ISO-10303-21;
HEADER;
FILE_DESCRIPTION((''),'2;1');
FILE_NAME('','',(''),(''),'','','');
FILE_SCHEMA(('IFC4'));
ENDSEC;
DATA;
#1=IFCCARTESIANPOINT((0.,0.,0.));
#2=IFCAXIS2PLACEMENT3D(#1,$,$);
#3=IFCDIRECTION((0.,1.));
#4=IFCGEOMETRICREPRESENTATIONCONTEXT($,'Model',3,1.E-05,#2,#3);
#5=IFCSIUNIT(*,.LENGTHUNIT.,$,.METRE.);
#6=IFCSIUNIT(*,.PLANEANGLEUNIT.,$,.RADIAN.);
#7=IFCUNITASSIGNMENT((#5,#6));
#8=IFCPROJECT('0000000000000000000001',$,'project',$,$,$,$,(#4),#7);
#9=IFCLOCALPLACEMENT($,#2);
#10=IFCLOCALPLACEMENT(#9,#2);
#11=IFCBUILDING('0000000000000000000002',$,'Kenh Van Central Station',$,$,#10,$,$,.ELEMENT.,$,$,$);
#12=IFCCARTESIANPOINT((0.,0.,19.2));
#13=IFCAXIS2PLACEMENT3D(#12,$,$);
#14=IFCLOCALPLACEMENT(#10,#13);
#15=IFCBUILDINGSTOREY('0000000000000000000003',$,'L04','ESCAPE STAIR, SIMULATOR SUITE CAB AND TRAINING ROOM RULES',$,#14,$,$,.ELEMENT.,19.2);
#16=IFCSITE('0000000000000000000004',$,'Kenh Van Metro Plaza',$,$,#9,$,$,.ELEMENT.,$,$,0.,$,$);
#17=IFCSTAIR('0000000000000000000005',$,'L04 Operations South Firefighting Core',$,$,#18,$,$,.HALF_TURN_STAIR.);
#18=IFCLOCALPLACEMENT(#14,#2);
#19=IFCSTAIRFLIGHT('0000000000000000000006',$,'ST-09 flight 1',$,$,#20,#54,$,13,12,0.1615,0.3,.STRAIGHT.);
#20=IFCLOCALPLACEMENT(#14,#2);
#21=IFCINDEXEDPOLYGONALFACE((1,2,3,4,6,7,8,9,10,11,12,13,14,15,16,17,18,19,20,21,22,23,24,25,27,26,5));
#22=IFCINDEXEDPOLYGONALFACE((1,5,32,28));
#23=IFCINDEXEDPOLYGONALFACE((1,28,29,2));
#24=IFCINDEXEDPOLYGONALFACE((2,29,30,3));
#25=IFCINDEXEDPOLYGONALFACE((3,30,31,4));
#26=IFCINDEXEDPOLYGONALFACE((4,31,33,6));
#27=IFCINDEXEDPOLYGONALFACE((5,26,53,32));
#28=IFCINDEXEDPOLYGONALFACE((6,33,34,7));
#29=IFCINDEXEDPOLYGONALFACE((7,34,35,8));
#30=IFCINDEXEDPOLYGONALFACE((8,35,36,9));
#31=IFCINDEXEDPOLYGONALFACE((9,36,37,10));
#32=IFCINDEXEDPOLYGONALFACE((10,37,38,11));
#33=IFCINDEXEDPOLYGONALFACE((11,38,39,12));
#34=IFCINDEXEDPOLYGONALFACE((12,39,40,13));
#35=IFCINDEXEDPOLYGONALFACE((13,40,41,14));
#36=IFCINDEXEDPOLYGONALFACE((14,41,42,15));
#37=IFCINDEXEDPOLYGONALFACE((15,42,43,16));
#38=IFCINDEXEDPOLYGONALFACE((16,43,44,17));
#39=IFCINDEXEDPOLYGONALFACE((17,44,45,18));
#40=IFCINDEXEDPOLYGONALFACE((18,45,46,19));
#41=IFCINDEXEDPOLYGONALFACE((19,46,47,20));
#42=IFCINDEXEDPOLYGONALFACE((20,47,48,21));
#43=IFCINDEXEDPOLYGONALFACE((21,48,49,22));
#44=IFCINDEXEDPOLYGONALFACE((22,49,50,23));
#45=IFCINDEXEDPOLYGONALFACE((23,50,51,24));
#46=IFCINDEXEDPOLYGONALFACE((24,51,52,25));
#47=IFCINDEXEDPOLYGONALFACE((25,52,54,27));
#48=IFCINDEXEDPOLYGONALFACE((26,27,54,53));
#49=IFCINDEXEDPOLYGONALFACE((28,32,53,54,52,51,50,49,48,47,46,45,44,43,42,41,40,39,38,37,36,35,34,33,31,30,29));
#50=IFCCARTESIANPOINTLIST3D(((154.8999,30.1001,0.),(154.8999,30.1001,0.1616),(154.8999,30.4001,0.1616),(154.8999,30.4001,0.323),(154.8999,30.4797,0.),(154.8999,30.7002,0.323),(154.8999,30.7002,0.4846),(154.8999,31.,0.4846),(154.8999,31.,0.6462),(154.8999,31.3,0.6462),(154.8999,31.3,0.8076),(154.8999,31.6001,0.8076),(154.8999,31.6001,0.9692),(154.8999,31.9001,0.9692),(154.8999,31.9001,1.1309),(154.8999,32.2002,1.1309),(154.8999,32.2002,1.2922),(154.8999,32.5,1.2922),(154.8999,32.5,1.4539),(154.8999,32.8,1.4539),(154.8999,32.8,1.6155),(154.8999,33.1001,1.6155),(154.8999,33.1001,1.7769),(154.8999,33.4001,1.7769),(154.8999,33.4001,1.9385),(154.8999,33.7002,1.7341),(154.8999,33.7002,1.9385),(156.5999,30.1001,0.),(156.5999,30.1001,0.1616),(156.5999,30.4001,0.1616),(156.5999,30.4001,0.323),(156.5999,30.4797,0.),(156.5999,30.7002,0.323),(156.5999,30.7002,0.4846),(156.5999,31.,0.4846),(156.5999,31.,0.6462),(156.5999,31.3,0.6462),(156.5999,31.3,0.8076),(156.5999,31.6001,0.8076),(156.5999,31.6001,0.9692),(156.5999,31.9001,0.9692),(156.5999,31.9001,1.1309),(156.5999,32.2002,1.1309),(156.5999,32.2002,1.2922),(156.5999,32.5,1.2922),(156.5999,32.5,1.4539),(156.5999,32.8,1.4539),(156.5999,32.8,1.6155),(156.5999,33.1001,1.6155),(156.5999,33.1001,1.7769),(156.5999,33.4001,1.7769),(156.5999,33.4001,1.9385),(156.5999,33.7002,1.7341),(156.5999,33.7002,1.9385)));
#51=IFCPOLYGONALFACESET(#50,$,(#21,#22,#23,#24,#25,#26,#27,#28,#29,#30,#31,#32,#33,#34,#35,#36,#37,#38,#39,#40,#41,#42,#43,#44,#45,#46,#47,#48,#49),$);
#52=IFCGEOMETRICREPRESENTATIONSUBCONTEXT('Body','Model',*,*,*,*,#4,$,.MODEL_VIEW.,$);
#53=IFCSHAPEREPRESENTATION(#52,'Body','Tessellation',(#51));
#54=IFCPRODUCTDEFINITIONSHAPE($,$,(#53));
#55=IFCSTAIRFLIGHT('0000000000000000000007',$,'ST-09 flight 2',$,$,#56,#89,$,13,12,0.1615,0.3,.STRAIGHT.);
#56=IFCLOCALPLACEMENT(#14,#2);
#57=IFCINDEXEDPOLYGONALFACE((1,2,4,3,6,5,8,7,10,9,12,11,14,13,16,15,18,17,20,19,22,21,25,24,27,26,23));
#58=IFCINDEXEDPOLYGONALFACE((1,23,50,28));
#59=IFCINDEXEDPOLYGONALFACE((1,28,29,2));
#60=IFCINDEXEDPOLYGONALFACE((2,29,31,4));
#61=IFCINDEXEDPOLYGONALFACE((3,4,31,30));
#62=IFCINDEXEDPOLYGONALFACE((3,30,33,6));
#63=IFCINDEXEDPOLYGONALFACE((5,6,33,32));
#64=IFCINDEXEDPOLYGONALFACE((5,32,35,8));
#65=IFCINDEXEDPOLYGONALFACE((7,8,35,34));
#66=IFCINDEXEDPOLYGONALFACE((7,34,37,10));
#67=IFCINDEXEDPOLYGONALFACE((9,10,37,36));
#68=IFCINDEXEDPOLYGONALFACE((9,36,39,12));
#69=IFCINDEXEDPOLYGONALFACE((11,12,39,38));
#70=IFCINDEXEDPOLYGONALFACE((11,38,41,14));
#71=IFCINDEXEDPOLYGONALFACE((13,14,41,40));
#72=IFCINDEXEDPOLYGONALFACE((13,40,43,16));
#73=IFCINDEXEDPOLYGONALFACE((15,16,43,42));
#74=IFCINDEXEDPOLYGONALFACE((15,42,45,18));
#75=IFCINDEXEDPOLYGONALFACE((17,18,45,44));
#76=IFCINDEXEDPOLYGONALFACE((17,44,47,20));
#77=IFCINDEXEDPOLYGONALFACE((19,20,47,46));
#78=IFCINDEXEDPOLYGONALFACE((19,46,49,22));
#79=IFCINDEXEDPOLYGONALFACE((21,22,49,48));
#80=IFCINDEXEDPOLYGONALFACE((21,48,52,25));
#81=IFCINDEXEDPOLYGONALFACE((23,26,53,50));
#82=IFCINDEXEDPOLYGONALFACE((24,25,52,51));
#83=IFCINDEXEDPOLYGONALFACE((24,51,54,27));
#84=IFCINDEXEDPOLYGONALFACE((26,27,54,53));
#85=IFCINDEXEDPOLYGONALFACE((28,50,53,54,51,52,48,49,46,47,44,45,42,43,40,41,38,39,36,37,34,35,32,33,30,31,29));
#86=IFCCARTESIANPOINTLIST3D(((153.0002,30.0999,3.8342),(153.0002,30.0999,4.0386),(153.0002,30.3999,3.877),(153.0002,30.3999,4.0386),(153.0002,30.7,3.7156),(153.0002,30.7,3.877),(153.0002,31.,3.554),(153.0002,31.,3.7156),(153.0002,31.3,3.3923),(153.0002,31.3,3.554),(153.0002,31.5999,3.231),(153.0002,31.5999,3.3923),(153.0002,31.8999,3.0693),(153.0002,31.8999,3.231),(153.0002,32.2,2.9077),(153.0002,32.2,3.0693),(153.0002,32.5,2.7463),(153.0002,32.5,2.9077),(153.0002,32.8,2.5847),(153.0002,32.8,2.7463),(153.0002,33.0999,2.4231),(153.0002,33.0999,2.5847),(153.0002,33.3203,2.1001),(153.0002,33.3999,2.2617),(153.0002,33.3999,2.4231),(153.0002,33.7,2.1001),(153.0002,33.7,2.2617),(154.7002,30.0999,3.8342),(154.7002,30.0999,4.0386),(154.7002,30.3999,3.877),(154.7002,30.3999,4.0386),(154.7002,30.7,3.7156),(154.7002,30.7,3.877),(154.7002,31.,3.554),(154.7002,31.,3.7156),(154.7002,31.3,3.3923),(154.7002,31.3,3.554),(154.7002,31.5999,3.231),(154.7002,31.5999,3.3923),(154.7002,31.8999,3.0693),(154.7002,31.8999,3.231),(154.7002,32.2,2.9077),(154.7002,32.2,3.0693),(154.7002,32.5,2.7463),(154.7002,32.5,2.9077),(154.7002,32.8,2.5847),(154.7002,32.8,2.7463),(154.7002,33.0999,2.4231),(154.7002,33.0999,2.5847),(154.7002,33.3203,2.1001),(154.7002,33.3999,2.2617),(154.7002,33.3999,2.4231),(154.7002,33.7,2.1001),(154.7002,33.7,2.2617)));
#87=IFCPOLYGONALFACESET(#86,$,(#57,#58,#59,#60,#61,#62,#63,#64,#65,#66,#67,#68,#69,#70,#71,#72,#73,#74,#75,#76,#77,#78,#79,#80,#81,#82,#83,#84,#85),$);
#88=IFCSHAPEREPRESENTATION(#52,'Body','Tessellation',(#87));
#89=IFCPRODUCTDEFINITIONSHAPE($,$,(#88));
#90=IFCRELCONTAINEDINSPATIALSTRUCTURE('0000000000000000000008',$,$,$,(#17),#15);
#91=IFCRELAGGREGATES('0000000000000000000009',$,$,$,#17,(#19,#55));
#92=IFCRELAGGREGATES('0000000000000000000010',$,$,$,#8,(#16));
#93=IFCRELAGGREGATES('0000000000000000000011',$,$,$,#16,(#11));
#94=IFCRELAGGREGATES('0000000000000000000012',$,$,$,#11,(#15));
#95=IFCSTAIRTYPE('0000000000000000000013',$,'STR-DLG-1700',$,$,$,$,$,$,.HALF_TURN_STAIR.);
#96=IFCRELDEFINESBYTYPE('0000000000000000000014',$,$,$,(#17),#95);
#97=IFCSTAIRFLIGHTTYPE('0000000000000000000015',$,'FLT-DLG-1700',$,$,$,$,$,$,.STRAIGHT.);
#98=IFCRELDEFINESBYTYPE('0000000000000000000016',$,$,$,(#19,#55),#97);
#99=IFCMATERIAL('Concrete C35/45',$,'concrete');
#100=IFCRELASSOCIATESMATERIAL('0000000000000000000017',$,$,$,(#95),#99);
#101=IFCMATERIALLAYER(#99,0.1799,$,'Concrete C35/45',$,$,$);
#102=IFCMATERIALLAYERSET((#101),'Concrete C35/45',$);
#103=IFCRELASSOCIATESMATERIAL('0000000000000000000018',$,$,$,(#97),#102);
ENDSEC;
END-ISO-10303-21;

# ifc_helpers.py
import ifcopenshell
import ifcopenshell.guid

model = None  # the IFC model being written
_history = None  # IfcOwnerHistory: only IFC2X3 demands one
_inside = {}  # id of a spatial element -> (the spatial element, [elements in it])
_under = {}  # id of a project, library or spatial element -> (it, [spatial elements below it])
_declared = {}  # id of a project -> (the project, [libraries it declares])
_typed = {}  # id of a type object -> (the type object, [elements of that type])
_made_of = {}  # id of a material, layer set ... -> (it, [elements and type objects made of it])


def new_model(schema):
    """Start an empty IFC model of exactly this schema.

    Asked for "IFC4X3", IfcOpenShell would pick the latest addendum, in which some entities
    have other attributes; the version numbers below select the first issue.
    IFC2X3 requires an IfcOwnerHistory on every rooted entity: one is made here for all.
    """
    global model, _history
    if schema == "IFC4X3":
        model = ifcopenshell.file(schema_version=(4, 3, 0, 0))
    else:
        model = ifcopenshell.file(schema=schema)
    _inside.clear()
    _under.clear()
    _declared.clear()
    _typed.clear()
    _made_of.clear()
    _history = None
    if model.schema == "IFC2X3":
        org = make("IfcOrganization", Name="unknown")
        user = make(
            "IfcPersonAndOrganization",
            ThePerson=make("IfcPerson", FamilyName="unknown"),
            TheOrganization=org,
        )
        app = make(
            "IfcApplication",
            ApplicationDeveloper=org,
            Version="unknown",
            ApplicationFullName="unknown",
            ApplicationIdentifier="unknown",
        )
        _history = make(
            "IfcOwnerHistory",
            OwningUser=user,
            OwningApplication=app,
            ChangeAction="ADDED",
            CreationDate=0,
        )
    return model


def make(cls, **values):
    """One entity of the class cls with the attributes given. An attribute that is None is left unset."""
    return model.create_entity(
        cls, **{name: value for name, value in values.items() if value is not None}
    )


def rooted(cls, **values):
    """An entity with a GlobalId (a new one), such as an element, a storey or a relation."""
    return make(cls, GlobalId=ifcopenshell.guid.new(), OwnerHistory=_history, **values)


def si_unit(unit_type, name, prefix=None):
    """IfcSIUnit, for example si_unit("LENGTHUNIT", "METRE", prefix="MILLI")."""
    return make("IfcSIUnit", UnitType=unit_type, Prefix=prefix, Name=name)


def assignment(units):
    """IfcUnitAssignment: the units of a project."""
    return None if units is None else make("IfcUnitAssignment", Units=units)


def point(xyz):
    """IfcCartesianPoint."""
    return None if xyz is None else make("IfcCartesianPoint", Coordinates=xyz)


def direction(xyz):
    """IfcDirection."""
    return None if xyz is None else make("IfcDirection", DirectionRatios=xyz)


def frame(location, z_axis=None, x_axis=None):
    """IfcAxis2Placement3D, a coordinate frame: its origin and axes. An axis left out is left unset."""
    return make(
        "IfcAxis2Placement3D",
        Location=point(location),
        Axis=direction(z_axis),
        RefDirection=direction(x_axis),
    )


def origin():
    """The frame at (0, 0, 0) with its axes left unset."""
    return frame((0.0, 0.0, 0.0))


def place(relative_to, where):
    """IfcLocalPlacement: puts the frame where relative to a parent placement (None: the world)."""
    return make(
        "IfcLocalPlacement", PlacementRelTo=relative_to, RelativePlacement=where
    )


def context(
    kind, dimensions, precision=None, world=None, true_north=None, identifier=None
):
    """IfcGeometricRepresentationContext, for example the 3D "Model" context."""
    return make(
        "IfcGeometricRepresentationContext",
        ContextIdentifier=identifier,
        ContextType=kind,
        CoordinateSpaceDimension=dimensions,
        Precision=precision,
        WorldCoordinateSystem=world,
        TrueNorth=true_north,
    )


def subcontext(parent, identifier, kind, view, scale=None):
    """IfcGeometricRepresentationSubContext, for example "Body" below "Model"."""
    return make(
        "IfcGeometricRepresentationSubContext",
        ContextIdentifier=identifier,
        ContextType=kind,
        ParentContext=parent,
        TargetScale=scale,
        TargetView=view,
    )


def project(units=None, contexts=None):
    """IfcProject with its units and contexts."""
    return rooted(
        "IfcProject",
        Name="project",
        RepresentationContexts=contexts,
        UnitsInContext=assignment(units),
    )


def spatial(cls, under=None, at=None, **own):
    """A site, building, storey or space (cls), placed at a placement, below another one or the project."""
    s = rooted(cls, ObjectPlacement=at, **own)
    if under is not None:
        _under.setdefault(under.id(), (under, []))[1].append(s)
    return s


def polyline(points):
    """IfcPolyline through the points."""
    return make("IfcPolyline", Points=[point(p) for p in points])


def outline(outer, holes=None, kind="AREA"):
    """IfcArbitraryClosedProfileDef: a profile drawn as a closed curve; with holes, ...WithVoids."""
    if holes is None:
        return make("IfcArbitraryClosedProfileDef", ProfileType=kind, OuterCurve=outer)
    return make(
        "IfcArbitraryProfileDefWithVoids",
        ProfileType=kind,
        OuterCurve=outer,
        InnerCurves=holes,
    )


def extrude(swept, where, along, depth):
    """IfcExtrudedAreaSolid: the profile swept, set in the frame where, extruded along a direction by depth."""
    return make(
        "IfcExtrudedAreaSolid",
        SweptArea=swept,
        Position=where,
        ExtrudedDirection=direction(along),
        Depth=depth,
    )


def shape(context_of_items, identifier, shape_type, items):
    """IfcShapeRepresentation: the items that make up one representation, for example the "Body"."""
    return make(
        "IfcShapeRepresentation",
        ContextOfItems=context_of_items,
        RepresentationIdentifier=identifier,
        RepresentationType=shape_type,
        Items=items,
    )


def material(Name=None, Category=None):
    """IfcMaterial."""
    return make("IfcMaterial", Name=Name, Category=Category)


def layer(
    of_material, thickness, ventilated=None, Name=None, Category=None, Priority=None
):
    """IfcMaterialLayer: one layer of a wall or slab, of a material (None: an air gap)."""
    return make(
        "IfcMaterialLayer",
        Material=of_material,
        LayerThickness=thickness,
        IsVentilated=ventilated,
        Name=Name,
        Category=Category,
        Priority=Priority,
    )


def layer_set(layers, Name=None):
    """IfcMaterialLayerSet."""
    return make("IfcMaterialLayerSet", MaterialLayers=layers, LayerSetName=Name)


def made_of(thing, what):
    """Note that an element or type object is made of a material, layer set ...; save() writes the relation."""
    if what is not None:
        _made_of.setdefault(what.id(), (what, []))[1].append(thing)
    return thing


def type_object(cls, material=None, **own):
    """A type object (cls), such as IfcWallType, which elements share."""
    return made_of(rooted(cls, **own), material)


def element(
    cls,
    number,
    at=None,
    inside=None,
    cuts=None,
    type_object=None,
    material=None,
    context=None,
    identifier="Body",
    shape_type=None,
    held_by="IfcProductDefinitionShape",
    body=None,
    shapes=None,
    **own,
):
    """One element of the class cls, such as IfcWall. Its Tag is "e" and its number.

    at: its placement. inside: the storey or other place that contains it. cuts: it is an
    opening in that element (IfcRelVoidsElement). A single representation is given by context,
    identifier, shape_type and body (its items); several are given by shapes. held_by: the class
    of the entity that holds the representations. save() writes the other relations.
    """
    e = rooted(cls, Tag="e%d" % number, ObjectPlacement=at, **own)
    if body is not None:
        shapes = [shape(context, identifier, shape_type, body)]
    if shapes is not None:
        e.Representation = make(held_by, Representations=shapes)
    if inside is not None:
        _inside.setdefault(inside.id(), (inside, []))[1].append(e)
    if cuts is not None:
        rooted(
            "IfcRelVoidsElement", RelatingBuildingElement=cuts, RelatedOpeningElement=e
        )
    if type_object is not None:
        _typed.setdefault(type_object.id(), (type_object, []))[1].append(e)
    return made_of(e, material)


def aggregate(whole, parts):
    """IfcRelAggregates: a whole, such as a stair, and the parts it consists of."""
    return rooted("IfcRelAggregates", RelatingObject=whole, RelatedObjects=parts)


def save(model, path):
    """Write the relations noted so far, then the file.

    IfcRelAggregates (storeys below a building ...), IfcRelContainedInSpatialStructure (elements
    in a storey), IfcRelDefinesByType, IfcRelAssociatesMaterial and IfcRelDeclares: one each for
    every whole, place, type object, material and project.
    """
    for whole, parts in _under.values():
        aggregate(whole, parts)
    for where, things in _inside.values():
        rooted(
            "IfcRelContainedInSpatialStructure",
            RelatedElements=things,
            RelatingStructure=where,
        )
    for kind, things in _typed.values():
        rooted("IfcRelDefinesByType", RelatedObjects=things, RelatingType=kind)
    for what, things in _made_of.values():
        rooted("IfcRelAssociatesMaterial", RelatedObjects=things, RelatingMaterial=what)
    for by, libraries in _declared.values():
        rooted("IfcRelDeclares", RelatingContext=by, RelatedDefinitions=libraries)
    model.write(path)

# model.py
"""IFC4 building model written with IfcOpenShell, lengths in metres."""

from ifc_helpers import new_model, si_unit, direction, frame, origin, place, context, subcontext, project, spatial, polyline, outline, extrude, material, layer, layer_set, type_object, element, aggregate, save


model = new_model("IFC4")

# Units and contexts
model_context = context("Model", 3, precision=1e-05, world=origin(), true_north=direction((0.0, 1.0)))
body_context = subcontext(model_context, "Body", "Model", "MODEL_VIEW")
ifc_project = project(units=[si_unit("LENGTHUNIT", "METRE"), si_unit("PLANEANGLEUNIT", "RADIAN")], contexts=[model_context])

# Site, building, storey
site_placement = place(None, origin())
site = spatial("IfcSite", under=ifc_project, at=site_placement, Name="Kenh Van Metro Plaza", CompositionType="ELEMENT", RefElevation=0.0)
building_placement = place(site_placement, origin())
building = spatial("IfcBuilding", under=site, at=building_placement, Name="Kenh Van Central Station", CompositionType="ELEMENT")
storey_placement = place(building_placement, frame((0.0, 0.0, 19.2)))
storey = spatial("IfcBuildingStorey", under=building, at=storey_placement, Name="L04", Description="ESCAPE STAIR, SIMULATOR SUITE CAB AND TRAINING ROOM RULES", CompositionType="ELEMENT", Elevation=19.2)

# Shared definitions
ifc_material_1 = material(Name="Concrete C35/45", Category="concrete")

# Stair, stair flights
stair_type = type_object("IfcStairType", Name="STR-DLG-1700", PredefinedType="HALF_TURN_STAIR", material=ifc_material_1)
stair_placement = place(storey_placement, origin())
stair = element("IfcStair", 1, at=stair_placement, inside=storey, type_object=stair_type, Name="L04 Operations South Firefighting Core", PredefinedType="HALF_TURN_STAIR")
ifc_layer_1 = layer(ifc_material_1, 0.1799, Name="Concrete C35/45")
ifc_layer_set_1 = layer_set([ifc_layer_1], Name="Concrete C35/45")
stair_flight_type = type_object("IfcStairFlightType", Name="FLT-DLG-1700", PredefinedType="STRAIGHT", material=ifc_layer_set_1)
stair_flight_1_placement = place(storey_placement, frame((155.75, 30.1001, 0.0), z_axis=(0.0, 0.0, 1.0), x_axis=(0.0, 1.0, 0.0)))
stair_flight_1 = element("IfcStairFlight", 2, at=stair_flight_1_placement, type_object=stair_flight_type, Name="ST-09 flight 1", NumberOfRisers=13, NumberOfTreads=12, PredefinedType="STRAIGHT", RiserHeight=0.1615, TreadLength=0.3, context=body_context, shape_type="SweptSolid", body=[
    extrude(outline(polyline([(0.0, 0.0), (0.0, 0.1616), (0.3, 0.1616), (0.3, 0.323), (0.6001, 0.323), (0.6001, 0.4846), (0.8999, 0.4846), (0.8999, 0.6462), (1.2, 0.6462), (1.2, 0.8076), (1.5, 0.8076), (1.5, 0.9692), (1.8, 0.9692), (1.8, 1.1309), (2.1001, 1.1309), (2.1001, 1.2922), (2.3999, 1.2922), (2.3999, 1.4539), (2.7, 1.4539), (2.7, 1.6155), (3.0, 1.6155), (3.0, 1.7769), (3.3, 1.7769), (3.3, 1.9385), (3.6001, 1.9385), (3.6001, 2.1001), (3.6001, 1.7341), (0.3796, 0.0), (0.0, 0.0)])), frame((0.0, 0.8501, 0.0), z_axis=(0.0, -1.0, 0.0), x_axis=(1.0, 0.0, 0.0)), (0.0, 0.0, 1.0), 1.7),
])
stair_flight_2_placement = place(storey_placement, frame((153.8501, 33.7, 2.1001), z_axis=(0.0, 0.0, 1.0), x_axis=(0.0, -1.0, 0.0)))
stair_flight_2 = element("IfcStairFlight", 3, at=stair_flight_2_placement, type_object=stair_flight_type, Name="ST-09 flight 2", NumberOfRisers=13, NumberOfTreads=12, PredefinedType="STRAIGHT", RiserHeight=0.1615, TreadLength=0.3, context=body_context, shape_type="SweptSolid", body=[
    extrude(outline(polyline([(0.0, 0.0), (0.0, 0.1616), (0.3, 0.1616), (0.3, 0.323), (0.6001, 0.323), (0.6001, 0.4846), (0.8999, 0.4846), (0.8999, 0.6462), (1.2, 0.6462), (1.2, 0.8076), (1.5, 0.8076), (1.5, 0.9692), (1.8, 0.9692), (1.8, 1.1309), (2.1001, 1.1309), (2.1001, 1.2922), (2.3999, 1.2922), (2.3999, 1.4539), (2.7, 1.4539), (2.7, 1.6155), (3.0, 1.6155), (3.0, 1.7769), (3.3, 1.7769), (3.3, 1.9385), (3.6001, 1.9385), (3.6001, 2.1001), (3.6001, 1.7341), (0.3796, 0.0), (0.0, 0.0)])), frame((0.0, 0.8501, 0.0), z_axis=(0.0, -1.0, 0.0), x_axis=(1.0, 0.0, 0.0)), (0.0, 0.0, 1.0), 1.7),
])
aggregate(stair, [stair_flight_1, stair_flight_2])

save(model, "model.ifc")
